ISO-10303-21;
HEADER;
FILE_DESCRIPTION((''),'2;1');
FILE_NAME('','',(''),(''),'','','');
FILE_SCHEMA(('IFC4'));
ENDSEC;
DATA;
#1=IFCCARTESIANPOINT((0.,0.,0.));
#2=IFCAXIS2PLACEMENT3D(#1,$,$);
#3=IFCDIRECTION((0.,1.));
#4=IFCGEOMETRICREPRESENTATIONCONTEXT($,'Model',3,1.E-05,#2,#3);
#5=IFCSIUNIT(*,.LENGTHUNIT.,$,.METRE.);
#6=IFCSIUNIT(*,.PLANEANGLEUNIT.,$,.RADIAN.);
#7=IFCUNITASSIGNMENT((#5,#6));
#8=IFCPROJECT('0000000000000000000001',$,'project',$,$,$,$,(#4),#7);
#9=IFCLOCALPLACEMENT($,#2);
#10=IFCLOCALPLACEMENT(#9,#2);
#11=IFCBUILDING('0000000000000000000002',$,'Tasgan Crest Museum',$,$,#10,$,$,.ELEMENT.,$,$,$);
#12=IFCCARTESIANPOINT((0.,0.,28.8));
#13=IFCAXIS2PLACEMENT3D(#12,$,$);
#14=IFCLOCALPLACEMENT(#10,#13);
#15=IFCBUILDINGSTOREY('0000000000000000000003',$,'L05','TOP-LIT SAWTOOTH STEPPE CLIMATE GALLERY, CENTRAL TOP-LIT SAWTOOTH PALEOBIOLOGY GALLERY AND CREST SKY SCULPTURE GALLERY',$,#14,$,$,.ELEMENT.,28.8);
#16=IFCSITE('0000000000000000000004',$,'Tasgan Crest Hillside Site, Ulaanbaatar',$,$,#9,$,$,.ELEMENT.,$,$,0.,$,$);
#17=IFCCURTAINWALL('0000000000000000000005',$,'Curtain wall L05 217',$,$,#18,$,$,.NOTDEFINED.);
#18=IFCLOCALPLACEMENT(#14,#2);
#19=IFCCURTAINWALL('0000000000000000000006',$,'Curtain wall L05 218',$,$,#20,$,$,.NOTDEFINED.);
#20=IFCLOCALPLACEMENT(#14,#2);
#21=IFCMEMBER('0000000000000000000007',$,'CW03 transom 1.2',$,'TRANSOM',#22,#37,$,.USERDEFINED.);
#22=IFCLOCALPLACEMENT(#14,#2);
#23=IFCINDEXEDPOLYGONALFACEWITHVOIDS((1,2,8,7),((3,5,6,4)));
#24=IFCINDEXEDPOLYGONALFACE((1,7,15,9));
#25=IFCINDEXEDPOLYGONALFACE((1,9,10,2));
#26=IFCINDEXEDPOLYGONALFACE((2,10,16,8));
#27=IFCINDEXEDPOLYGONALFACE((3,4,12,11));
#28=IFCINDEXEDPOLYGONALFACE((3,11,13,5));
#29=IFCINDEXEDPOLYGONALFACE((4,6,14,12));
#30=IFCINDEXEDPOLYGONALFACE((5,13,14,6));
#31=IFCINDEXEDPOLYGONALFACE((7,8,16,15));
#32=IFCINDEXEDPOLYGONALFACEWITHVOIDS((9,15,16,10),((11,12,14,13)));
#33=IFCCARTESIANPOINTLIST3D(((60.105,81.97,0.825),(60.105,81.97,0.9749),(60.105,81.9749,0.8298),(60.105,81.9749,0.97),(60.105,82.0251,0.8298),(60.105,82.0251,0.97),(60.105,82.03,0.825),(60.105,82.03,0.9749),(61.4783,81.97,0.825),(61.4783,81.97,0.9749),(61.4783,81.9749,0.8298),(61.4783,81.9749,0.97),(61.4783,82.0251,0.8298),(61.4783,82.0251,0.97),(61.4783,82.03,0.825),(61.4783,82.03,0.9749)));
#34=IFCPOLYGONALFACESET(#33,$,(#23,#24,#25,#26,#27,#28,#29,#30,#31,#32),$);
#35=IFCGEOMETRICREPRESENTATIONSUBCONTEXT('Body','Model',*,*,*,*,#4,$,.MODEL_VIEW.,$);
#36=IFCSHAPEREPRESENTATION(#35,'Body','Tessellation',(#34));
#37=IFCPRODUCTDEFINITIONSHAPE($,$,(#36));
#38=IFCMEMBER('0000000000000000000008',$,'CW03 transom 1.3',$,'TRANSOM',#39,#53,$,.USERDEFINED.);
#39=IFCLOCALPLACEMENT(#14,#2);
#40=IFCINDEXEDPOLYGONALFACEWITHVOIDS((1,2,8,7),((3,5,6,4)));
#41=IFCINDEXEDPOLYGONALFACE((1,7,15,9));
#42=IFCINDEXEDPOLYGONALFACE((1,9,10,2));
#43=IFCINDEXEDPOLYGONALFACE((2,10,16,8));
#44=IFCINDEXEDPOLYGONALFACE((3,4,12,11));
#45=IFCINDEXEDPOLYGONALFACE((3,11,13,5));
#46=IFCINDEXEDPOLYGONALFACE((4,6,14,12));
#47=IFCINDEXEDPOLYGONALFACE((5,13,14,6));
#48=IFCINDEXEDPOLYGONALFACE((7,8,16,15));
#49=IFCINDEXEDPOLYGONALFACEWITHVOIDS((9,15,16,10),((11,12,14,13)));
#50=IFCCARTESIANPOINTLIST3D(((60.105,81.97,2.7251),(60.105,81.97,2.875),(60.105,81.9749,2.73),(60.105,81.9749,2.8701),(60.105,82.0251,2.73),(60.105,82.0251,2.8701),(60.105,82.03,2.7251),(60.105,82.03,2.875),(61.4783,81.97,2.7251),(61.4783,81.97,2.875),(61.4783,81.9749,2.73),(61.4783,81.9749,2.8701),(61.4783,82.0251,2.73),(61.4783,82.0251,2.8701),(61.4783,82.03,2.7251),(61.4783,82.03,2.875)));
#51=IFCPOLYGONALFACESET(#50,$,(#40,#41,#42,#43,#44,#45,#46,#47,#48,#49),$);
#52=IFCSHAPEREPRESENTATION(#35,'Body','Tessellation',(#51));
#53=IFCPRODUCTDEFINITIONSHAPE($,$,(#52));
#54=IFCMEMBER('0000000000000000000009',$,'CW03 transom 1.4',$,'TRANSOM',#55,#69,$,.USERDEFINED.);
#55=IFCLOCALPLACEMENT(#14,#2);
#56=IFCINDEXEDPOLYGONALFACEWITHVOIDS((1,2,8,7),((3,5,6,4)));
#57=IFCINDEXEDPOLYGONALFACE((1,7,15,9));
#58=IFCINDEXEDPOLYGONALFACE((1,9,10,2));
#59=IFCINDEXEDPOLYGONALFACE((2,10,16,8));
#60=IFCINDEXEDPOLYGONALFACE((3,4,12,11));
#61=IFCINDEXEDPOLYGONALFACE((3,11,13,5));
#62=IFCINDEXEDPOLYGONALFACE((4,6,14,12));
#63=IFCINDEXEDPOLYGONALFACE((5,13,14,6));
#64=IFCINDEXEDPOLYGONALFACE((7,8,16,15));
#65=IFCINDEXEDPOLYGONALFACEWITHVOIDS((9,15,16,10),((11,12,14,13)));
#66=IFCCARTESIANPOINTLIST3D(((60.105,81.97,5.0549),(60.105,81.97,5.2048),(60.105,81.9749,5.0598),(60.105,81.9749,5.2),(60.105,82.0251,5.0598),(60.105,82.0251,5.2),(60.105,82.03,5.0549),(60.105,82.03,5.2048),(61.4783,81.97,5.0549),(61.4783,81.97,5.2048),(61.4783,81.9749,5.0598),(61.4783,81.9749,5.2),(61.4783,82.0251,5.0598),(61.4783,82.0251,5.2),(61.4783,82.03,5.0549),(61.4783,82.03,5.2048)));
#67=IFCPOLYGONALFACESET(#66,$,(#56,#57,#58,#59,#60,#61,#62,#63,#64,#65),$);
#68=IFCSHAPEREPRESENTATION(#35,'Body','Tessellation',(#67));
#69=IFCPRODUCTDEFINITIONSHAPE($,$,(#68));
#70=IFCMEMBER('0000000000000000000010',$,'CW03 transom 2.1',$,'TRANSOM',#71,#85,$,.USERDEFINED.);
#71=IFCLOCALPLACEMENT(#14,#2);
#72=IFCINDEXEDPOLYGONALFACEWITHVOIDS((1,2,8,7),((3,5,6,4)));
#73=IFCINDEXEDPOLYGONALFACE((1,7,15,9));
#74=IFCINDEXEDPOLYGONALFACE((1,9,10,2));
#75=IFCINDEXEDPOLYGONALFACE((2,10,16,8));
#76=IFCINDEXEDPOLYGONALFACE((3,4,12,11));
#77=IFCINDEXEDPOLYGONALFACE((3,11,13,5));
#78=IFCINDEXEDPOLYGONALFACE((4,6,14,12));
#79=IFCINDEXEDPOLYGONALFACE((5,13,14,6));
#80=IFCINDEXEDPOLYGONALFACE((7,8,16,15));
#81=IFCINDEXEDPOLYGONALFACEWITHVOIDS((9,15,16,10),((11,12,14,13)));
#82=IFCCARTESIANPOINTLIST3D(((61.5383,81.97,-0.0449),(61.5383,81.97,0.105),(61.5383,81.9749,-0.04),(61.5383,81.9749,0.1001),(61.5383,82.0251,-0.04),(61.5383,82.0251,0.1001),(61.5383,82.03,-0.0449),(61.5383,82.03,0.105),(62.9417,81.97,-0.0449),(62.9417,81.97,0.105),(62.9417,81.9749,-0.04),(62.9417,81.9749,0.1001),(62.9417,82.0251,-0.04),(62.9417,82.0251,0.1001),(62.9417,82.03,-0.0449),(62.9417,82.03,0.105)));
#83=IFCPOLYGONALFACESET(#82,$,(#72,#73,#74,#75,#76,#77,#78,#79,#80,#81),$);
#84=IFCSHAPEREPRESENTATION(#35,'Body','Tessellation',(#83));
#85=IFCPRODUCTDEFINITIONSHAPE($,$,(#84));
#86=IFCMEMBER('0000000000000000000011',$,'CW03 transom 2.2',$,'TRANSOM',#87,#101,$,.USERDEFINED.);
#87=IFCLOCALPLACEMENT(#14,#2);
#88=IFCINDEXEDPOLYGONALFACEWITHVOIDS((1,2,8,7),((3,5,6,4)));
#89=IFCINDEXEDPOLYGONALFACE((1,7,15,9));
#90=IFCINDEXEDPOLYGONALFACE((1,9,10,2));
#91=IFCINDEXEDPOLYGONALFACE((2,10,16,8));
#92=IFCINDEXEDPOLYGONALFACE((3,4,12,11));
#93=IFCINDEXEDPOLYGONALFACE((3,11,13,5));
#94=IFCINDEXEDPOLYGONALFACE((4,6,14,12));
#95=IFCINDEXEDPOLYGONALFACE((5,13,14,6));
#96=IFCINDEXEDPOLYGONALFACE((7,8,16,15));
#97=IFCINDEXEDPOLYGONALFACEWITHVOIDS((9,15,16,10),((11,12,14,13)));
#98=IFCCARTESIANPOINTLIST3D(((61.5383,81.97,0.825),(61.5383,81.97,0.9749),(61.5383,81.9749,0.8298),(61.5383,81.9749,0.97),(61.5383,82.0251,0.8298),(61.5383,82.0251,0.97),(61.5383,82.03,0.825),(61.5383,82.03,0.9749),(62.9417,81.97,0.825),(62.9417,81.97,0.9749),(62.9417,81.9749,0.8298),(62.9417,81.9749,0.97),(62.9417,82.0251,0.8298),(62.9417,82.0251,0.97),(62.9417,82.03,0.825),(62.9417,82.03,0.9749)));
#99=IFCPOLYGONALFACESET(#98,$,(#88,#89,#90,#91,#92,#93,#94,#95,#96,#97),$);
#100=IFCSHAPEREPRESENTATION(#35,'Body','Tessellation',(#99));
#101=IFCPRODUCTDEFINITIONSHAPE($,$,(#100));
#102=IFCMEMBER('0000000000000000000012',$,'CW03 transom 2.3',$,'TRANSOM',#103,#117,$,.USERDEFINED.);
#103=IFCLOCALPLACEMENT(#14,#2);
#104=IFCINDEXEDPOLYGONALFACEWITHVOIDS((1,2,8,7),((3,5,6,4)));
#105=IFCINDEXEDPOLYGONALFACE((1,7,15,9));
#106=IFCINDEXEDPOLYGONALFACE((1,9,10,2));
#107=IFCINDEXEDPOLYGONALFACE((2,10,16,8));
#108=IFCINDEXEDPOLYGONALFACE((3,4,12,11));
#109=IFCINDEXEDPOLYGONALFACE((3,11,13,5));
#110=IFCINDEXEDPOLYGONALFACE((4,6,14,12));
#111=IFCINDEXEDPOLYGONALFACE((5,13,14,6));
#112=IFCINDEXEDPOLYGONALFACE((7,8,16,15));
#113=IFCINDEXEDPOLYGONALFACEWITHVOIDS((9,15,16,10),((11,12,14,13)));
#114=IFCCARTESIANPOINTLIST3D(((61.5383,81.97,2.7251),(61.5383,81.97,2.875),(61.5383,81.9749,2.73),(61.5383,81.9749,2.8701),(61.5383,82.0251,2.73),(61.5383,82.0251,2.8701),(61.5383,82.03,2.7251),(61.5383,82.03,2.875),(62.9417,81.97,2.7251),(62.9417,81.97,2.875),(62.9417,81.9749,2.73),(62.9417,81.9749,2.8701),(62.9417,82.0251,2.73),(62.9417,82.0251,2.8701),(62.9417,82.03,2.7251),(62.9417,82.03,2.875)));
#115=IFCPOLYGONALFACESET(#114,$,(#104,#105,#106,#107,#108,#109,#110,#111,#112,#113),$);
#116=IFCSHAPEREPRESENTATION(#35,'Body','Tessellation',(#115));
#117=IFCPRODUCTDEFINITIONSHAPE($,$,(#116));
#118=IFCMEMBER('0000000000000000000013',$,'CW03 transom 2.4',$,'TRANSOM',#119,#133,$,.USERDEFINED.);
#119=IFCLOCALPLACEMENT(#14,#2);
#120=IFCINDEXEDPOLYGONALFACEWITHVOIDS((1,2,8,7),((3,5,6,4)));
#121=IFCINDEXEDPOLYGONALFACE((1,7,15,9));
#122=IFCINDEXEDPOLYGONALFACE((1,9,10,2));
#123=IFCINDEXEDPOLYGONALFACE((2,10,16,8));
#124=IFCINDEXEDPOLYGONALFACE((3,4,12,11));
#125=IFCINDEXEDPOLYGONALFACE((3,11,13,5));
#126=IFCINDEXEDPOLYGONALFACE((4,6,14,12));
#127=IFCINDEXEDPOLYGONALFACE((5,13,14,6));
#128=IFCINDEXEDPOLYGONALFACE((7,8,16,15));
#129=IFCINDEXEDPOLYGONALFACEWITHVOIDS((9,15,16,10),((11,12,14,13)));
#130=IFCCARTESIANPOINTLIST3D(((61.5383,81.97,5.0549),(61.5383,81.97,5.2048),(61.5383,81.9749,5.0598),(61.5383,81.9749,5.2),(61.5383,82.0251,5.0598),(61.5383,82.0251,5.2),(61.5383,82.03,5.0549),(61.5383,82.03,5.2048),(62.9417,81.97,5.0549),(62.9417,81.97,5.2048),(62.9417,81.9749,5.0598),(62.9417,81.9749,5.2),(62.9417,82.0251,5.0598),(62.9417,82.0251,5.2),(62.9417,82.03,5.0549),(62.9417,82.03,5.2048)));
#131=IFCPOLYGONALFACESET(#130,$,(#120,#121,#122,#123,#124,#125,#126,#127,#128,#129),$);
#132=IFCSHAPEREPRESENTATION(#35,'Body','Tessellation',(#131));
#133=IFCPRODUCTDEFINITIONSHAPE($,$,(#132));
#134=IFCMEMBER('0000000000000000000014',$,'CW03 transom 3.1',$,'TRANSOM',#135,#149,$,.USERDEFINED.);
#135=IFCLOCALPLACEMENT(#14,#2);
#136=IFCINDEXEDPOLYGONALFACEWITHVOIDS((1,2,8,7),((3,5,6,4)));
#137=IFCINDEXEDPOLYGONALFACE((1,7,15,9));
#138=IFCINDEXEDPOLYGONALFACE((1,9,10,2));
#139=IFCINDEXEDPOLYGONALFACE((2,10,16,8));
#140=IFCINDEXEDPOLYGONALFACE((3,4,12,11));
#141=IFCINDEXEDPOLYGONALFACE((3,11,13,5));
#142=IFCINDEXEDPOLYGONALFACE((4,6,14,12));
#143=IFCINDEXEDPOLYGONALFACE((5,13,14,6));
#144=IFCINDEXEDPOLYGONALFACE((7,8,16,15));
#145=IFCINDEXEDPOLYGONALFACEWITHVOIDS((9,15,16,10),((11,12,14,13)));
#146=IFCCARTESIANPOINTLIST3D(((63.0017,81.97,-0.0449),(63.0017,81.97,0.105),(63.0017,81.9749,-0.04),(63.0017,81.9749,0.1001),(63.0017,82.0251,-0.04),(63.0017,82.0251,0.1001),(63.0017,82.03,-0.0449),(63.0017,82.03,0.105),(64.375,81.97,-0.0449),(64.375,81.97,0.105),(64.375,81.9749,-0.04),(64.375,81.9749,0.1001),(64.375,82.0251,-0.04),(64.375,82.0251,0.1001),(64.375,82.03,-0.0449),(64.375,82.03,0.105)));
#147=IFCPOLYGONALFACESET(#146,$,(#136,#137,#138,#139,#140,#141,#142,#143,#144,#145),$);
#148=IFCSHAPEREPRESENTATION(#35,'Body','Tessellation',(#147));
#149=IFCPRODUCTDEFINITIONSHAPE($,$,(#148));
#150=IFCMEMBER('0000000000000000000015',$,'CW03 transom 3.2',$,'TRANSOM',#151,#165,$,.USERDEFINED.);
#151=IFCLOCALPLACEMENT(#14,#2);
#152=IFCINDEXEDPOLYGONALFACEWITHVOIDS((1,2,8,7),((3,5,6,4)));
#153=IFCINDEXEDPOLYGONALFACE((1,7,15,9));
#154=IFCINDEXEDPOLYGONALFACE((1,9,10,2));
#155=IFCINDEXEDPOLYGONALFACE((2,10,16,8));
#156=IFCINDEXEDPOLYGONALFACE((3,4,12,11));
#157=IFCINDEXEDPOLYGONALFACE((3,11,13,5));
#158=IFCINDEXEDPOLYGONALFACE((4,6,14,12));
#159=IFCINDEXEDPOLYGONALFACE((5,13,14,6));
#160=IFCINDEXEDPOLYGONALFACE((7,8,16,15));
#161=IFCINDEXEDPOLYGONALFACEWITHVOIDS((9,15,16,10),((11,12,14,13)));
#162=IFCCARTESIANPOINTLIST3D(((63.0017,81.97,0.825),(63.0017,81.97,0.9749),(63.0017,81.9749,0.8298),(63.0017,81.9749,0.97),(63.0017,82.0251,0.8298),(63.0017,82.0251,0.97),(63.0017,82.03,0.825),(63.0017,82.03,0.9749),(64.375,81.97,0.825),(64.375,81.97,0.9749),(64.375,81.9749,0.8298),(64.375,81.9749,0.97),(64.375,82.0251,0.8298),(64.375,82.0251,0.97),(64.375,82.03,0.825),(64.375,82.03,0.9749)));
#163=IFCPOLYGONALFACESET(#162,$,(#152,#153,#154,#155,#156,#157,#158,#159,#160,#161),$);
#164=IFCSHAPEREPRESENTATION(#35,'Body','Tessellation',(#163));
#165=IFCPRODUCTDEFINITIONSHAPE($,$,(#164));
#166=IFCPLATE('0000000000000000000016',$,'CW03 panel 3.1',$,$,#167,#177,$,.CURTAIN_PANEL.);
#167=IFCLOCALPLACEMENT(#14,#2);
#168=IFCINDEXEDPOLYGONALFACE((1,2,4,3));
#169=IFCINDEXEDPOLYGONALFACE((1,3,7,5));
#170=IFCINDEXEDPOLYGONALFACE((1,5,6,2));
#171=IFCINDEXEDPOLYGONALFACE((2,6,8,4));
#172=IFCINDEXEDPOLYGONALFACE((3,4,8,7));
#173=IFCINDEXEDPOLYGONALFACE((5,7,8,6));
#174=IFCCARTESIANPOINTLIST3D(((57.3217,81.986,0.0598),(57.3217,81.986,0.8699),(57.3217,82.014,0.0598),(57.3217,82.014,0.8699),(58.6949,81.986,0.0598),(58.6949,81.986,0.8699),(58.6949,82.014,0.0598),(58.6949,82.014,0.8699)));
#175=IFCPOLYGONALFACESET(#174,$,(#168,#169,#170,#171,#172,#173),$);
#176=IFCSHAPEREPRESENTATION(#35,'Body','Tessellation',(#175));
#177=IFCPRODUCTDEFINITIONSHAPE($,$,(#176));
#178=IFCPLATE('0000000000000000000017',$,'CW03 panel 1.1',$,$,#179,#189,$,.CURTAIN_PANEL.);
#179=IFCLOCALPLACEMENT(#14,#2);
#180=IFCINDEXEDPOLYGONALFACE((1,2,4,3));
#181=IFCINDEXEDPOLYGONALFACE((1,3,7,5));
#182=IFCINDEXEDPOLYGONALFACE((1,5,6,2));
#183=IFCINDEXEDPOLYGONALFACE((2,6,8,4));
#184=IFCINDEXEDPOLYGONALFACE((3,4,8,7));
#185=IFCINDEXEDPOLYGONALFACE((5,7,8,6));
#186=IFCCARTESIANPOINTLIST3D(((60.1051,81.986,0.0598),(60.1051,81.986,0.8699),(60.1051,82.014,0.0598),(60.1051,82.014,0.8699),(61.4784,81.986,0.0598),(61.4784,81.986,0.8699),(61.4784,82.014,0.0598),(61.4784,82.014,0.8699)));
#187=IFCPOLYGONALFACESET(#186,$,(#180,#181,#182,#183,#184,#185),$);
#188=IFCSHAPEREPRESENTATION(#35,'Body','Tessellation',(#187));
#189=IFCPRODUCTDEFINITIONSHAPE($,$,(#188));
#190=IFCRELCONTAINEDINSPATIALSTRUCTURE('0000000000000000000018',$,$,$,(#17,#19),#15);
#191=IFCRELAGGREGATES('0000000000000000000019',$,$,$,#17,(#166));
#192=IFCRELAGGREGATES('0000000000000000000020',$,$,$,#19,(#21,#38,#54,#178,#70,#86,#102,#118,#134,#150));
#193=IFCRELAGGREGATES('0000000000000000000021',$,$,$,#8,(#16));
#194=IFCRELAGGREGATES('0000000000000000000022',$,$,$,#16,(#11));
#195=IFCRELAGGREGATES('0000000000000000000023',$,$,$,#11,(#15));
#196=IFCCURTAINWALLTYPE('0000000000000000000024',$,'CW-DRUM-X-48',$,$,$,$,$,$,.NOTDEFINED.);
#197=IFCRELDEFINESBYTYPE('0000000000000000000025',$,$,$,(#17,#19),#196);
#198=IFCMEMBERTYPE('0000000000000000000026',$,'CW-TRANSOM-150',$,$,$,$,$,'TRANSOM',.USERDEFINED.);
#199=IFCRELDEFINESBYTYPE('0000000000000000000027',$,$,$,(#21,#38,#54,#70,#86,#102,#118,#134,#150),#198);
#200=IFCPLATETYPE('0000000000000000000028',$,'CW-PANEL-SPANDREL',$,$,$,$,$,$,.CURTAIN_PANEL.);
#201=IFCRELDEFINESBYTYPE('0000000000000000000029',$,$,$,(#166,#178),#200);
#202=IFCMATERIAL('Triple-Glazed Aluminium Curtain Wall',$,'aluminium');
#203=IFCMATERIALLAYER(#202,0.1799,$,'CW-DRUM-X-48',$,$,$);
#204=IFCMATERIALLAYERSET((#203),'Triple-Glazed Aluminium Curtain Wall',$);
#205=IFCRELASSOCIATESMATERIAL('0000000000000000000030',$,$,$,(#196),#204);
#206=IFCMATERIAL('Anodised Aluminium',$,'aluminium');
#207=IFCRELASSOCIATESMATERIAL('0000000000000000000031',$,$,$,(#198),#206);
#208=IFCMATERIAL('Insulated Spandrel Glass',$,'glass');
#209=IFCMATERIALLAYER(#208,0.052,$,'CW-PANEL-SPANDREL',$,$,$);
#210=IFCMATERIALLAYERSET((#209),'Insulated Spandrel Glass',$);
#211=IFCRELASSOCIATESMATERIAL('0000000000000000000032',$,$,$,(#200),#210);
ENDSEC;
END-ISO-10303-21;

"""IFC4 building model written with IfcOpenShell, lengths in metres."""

from ifc_helpers import new_model, si_unit, direction, frame, origin, origin_2d, place, context, subcontext, project, spatial, rectangle, hollow_rectangle, extrude, material, layer, layer_set, material_profile, profile_set, type_object, element, aggregate, save


model = new_model("IFC4")

# Units and contexts
model_context = context("Model", 3, precision=1e-05, world=origin(), true_north=direction((0.0, 1.0)))
body_context = subcontext(model_context, "Body", "Model", "MODEL_VIEW")
ifc_project = project(units=[si_unit("LENGTHUNIT", "METRE"), si_unit("PLANEANGLEUNIT", "RADIAN")], contexts=[model_context])

# Site, building, storey
site_placement = place(None, origin())
site = spatial("IfcSite", under=ifc_project, at=site_placement, Name="Tasgan Crest Hillside Site, Ulaanbaatar", CompositionType="ELEMENT", RefElevation=0.0)
building_placement = place(site_placement, origin())
building = spatial("IfcBuilding", under=site, at=building_placement, Name="Tasgan Crest Museum", CompositionType="ELEMENT")
storey_placement = place(building_placement, frame((0.0, 0.0, 28.8)))
storey = spatial("IfcBuildingStorey", under=building, at=storey_placement, Name="L05", Description="TOP-LIT SAWTOOTH STEPPE CLIMATE GALLERY, CENTRAL TOP-LIT SAWTOOTH PALEOBIOLOGY GALLERY AND CREST SKY SCULPTURE GALLERY", CompositionType="ELEMENT", Elevation=28.8)

# Curtain walls
ifc_material_1 = material(Name="Triple-Glazed Aluminium Curtain Wall", Category="aluminium")
ifc_layer_1 = layer(ifc_material_1, 0.1799, Name="CW-DRUM-X-48")
ifc_layer_set_1 = layer_set([ifc_layer_1], Name="Triple-Glazed Aluminium Curtain Wall")
curtain_wall_type = type_object("IfcCurtainWallType", Name="CW-DRUM-X-48", PredefinedType="NOTDEFINED", material=ifc_layer_set_1)
curtain_wall_1_placement = place(storey_placement, origin())
curtain_wall_1 = element("IfcCurtainWall", 1, at=curtain_wall_1_placement, inside=storey, type_object=curtain_wall_type, Name="Curtain wall L05 217", PredefinedType="NOTDEFINED")
curtain_wall_2_placement = place(storey_placement, origin())
curtain_wall_2 = element("IfcCurtainWall", 2, at=curtain_wall_2_placement, inside=storey, type_object=curtain_wall_type, Name="Curtain wall L05 218", PredefinedType="NOTDEFINED")

# Members
ifc_material_2 = material(Name="Anodised Aluminium", Category="aluminium")
ifc_material_profile_1 = material_profile(ifc_material_2, hollow_rectangle(XDim=0.0601, YDim=0.1499, WallThickness=0.0049, at=origin_2d()), Name="ALU TRANSOM 150x60x5")
ifc_profile_set_1 = profile_set([ifc_material_profile_1], Name="Anodised Aluminium")
member_type_1 = type_object("IfcMemberType", Name="CW-TRANSOM-150", ElementType="TRANSOM", PredefinedType="USERDEFINED", material=ifc_profile_set_1)
member_1_placement = place(storey_placement, frame((60.105, 82.0, 0.8999), z_axis=(1.0, 0.0, 0.0), x_axis=(0.0, 1.0, 0.0)))
member_1 = element("IfcMember", 3, at=member_1_placement, type_object=member_type_1, Name="CW03 transom 1.2", ObjectType="TRANSOM", PredefinedType="USERDEFINED", context=body_context, shape_type="SweptSolid", body=[
    extrude(hollow_rectangle(XDim=0.0601, YDim=0.1499, WallThickness=0.0049, at=origin_2d()), origin(), (0.0, 0.0, 1.0), 1.3733),
])
member_2_placement = place(storey_placement, frame((60.105, 82.0, 2.8), z_axis=(1.0, 0.0, 0.0), x_axis=(0.0, 1.0, 0.0)))
member_2 = element("IfcMember", 4, at=member_2_placement, type_object=member_type_1, Name="CW03 transom 1.3", ObjectType="TRANSOM", PredefinedType="USERDEFINED", context=body_context, shape_type="SweptSolid", body=[
    extrude(hollow_rectangle(XDim=0.0601, YDim=0.1499, WallThickness=0.0049, at=origin_2d()), origin(), (0.0, 0.0, 1.0), 1.3733),
])
member_3_placement = place(storey_placement, frame((60.105, 82.0, 5.1299), z_axis=(1.0, 0.0, 0.0), x_axis=(0.0, 1.0, 0.0)))
member_3 = element("IfcMember", 5, at=member_3_placement, type_object=member_type_1, Name="CW03 transom 1.4", ObjectType="TRANSOM", PredefinedType="USERDEFINED", context=body_context, shape_type="SweptSolid", body=[
    extrude(hollow_rectangle(XDim=0.0601, YDim=0.1499, WallThickness=0.0049, at=origin_2d()), origin(), (0.0, 0.0, 1.0), 1.3733),
])
member_4_placement = place(storey_placement, frame((61.5383, 82.0, 0.03), z_axis=(1.0, 0.0, 0.0), x_axis=(0.0, 1.0, 0.0)))
member_4 = element("IfcMember", 6, at=member_4_placement, type_object=member_type_1, Name="CW03 transom 2.1", ObjectType="TRANSOM", PredefinedType="USERDEFINED", context=body_context, shape_type="SweptSolid", body=[
    extrude(hollow_rectangle(XDim=0.0601, YDim=0.1499, WallThickness=0.0049, at=origin_2d()), origin(), (0.0, 0.0, 1.0), 1.4033),
])
member_5_placement = place(storey_placement, frame((61.5383, 82.0, 0.8999), z_axis=(1.0, 0.0, 0.0), x_axis=(0.0, 1.0, 0.0)))
member_5 = element("IfcMember", 7, at=member_5_placement, type_object=member_type_1, Name="CW03 transom 2.2", ObjectType="TRANSOM", PredefinedType="USERDEFINED", context=body_context, shape_type="SweptSolid", body=[
    extrude(hollow_rectangle(XDim=0.0601, YDim=0.1499, WallThickness=0.0049, at=origin_2d()), origin(), (0.0, 0.0, 1.0), 1.4033),
])
member_6_placement = place(storey_placement, frame((61.5383, 82.0, 2.8), z_axis=(1.0, 0.0, 0.0), x_axis=(0.0, 1.0, 0.0)))
member_6 = element("IfcMember", 8, at=member_6_placement, type_object=member_type_1, Name="CW03 transom 2.3", ObjectType="TRANSOM", PredefinedType="USERDEFINED", context=body_context, shape_type="SweptSolid", body=[
    extrude(hollow_rectangle(XDim=0.0601, YDim=0.1499, WallThickness=0.0049, at=origin_2d()), origin(), (0.0, 0.0, 1.0), 1.4033),
])
member_7_placement = place(storey_placement, frame((61.5383, 82.0, 5.1299), z_axis=(1.0, 0.0, 0.0), x_axis=(0.0, 1.0, 0.0)))
member_7 = element("IfcMember", 9, at=member_7_placement, type_object=member_type_1, Name="CW03 transom 2.4", ObjectType="TRANSOM", PredefinedType="USERDEFINED", context=body_context, shape_type="SweptSolid", body=[
    extrude(hollow_rectangle(XDim=0.0601, YDim=0.1499, WallThickness=0.0049, at=origin_2d()), origin(), (0.0, 0.0, 1.0), 1.4033),
])
member_8_placement = place(storey_placement, frame((63.0017, 82.0, 0.03), z_axis=(1.0, 0.0, 0.0), x_axis=(0.0, 1.0, 0.0)))
member_8 = element("IfcMember", 10, at=member_8_placement, type_object=member_type_1, Name="CW03 transom 3.1", ObjectType="TRANSOM", PredefinedType="USERDEFINED", context=body_context, shape_type="SweptSolid", body=[
    extrude(hollow_rectangle(XDim=0.0601, YDim=0.1499, WallThickness=0.0049, at=origin_2d()), origin(), (0.0, 0.0, 1.0), 1.3733),
])
member_9_placement = place(storey_placement, frame((63.0017, 82.0, 0.8999), z_axis=(1.0, 0.0, 0.0), x_axis=(0.0, 1.0, 0.0)))
member_9 = element("IfcMember", 11, at=member_9_placement, type_object=member_type_1, Name="CW03 transom 3.2", ObjectType="TRANSOM", PredefinedType="USERDEFINED", context=body_context, shape_type="SweptSolid", body=[
    extrude(hollow_rectangle(XDim=0.0601, YDim=0.1499, WallThickness=0.0049, at=origin_2d()), origin(), (0.0, 0.0, 1.0), 1.3733),
])

# Plates
ifc_material_3 = material(Name="Insulated Spandrel Glass", Category="glass")
ifc_layer_2 = layer(ifc_material_3, 0.052, Name="CW-PANEL-SPANDREL")
ifc_layer_set_2 = layer_set([ifc_layer_2], Name="Insulated Spandrel Glass")
plate_type_1 = type_object("IfcPlateType", Name="CW-PANEL-SPANDREL", PredefinedType="CURTAIN_PANEL", material=ifc_layer_set_2)
plate_1_placement = place(storey_placement, frame((58.0083, 82.0, 0.0598), z_axis=(0.0, 0.0, 1.0), x_axis=(1.0, 0.0, 0.0)))
plate_1 = element("IfcPlate", 12, at=plate_1_placement, type_object=plate_type_1, Name="CW03 panel 3.1", PredefinedType="CURTAIN_PANEL", context=body_context, shape_type="SweptSolid", body=[
    extrude(rectangle(XDim=1.3733, YDim=0.0281, at=origin_2d()), origin(), (0.0, 0.0, 1.0), 0.8101),
])
plate_2_placement = place(storey_placement, frame((60.7917, 82.0, 0.0598), z_axis=(0.0, 0.0, 1.0), x_axis=(1.0, 0.0, 0.0)))
plate_2 = element("IfcPlate", 13, at=plate_2_placement, type_object=plate_type_1, Name="CW03 panel 1.1", PredefinedType="CURTAIN_PANEL", context=body_context, shape_type="SweptSolid", body=[
    extrude(rectangle(XDim=1.3733, YDim=0.0281, at=origin_2d()), origin(), (0.0, 0.0, 1.0), 0.8101),
])
aggregate(curtain_wall_1, [plate_1])
aggregate(curtain_wall_2, [member_1, member_2, member_3, plate_2, member_4, member_5, member_6, member_7, member_8, member_9])

save(model, "model.ifc")
